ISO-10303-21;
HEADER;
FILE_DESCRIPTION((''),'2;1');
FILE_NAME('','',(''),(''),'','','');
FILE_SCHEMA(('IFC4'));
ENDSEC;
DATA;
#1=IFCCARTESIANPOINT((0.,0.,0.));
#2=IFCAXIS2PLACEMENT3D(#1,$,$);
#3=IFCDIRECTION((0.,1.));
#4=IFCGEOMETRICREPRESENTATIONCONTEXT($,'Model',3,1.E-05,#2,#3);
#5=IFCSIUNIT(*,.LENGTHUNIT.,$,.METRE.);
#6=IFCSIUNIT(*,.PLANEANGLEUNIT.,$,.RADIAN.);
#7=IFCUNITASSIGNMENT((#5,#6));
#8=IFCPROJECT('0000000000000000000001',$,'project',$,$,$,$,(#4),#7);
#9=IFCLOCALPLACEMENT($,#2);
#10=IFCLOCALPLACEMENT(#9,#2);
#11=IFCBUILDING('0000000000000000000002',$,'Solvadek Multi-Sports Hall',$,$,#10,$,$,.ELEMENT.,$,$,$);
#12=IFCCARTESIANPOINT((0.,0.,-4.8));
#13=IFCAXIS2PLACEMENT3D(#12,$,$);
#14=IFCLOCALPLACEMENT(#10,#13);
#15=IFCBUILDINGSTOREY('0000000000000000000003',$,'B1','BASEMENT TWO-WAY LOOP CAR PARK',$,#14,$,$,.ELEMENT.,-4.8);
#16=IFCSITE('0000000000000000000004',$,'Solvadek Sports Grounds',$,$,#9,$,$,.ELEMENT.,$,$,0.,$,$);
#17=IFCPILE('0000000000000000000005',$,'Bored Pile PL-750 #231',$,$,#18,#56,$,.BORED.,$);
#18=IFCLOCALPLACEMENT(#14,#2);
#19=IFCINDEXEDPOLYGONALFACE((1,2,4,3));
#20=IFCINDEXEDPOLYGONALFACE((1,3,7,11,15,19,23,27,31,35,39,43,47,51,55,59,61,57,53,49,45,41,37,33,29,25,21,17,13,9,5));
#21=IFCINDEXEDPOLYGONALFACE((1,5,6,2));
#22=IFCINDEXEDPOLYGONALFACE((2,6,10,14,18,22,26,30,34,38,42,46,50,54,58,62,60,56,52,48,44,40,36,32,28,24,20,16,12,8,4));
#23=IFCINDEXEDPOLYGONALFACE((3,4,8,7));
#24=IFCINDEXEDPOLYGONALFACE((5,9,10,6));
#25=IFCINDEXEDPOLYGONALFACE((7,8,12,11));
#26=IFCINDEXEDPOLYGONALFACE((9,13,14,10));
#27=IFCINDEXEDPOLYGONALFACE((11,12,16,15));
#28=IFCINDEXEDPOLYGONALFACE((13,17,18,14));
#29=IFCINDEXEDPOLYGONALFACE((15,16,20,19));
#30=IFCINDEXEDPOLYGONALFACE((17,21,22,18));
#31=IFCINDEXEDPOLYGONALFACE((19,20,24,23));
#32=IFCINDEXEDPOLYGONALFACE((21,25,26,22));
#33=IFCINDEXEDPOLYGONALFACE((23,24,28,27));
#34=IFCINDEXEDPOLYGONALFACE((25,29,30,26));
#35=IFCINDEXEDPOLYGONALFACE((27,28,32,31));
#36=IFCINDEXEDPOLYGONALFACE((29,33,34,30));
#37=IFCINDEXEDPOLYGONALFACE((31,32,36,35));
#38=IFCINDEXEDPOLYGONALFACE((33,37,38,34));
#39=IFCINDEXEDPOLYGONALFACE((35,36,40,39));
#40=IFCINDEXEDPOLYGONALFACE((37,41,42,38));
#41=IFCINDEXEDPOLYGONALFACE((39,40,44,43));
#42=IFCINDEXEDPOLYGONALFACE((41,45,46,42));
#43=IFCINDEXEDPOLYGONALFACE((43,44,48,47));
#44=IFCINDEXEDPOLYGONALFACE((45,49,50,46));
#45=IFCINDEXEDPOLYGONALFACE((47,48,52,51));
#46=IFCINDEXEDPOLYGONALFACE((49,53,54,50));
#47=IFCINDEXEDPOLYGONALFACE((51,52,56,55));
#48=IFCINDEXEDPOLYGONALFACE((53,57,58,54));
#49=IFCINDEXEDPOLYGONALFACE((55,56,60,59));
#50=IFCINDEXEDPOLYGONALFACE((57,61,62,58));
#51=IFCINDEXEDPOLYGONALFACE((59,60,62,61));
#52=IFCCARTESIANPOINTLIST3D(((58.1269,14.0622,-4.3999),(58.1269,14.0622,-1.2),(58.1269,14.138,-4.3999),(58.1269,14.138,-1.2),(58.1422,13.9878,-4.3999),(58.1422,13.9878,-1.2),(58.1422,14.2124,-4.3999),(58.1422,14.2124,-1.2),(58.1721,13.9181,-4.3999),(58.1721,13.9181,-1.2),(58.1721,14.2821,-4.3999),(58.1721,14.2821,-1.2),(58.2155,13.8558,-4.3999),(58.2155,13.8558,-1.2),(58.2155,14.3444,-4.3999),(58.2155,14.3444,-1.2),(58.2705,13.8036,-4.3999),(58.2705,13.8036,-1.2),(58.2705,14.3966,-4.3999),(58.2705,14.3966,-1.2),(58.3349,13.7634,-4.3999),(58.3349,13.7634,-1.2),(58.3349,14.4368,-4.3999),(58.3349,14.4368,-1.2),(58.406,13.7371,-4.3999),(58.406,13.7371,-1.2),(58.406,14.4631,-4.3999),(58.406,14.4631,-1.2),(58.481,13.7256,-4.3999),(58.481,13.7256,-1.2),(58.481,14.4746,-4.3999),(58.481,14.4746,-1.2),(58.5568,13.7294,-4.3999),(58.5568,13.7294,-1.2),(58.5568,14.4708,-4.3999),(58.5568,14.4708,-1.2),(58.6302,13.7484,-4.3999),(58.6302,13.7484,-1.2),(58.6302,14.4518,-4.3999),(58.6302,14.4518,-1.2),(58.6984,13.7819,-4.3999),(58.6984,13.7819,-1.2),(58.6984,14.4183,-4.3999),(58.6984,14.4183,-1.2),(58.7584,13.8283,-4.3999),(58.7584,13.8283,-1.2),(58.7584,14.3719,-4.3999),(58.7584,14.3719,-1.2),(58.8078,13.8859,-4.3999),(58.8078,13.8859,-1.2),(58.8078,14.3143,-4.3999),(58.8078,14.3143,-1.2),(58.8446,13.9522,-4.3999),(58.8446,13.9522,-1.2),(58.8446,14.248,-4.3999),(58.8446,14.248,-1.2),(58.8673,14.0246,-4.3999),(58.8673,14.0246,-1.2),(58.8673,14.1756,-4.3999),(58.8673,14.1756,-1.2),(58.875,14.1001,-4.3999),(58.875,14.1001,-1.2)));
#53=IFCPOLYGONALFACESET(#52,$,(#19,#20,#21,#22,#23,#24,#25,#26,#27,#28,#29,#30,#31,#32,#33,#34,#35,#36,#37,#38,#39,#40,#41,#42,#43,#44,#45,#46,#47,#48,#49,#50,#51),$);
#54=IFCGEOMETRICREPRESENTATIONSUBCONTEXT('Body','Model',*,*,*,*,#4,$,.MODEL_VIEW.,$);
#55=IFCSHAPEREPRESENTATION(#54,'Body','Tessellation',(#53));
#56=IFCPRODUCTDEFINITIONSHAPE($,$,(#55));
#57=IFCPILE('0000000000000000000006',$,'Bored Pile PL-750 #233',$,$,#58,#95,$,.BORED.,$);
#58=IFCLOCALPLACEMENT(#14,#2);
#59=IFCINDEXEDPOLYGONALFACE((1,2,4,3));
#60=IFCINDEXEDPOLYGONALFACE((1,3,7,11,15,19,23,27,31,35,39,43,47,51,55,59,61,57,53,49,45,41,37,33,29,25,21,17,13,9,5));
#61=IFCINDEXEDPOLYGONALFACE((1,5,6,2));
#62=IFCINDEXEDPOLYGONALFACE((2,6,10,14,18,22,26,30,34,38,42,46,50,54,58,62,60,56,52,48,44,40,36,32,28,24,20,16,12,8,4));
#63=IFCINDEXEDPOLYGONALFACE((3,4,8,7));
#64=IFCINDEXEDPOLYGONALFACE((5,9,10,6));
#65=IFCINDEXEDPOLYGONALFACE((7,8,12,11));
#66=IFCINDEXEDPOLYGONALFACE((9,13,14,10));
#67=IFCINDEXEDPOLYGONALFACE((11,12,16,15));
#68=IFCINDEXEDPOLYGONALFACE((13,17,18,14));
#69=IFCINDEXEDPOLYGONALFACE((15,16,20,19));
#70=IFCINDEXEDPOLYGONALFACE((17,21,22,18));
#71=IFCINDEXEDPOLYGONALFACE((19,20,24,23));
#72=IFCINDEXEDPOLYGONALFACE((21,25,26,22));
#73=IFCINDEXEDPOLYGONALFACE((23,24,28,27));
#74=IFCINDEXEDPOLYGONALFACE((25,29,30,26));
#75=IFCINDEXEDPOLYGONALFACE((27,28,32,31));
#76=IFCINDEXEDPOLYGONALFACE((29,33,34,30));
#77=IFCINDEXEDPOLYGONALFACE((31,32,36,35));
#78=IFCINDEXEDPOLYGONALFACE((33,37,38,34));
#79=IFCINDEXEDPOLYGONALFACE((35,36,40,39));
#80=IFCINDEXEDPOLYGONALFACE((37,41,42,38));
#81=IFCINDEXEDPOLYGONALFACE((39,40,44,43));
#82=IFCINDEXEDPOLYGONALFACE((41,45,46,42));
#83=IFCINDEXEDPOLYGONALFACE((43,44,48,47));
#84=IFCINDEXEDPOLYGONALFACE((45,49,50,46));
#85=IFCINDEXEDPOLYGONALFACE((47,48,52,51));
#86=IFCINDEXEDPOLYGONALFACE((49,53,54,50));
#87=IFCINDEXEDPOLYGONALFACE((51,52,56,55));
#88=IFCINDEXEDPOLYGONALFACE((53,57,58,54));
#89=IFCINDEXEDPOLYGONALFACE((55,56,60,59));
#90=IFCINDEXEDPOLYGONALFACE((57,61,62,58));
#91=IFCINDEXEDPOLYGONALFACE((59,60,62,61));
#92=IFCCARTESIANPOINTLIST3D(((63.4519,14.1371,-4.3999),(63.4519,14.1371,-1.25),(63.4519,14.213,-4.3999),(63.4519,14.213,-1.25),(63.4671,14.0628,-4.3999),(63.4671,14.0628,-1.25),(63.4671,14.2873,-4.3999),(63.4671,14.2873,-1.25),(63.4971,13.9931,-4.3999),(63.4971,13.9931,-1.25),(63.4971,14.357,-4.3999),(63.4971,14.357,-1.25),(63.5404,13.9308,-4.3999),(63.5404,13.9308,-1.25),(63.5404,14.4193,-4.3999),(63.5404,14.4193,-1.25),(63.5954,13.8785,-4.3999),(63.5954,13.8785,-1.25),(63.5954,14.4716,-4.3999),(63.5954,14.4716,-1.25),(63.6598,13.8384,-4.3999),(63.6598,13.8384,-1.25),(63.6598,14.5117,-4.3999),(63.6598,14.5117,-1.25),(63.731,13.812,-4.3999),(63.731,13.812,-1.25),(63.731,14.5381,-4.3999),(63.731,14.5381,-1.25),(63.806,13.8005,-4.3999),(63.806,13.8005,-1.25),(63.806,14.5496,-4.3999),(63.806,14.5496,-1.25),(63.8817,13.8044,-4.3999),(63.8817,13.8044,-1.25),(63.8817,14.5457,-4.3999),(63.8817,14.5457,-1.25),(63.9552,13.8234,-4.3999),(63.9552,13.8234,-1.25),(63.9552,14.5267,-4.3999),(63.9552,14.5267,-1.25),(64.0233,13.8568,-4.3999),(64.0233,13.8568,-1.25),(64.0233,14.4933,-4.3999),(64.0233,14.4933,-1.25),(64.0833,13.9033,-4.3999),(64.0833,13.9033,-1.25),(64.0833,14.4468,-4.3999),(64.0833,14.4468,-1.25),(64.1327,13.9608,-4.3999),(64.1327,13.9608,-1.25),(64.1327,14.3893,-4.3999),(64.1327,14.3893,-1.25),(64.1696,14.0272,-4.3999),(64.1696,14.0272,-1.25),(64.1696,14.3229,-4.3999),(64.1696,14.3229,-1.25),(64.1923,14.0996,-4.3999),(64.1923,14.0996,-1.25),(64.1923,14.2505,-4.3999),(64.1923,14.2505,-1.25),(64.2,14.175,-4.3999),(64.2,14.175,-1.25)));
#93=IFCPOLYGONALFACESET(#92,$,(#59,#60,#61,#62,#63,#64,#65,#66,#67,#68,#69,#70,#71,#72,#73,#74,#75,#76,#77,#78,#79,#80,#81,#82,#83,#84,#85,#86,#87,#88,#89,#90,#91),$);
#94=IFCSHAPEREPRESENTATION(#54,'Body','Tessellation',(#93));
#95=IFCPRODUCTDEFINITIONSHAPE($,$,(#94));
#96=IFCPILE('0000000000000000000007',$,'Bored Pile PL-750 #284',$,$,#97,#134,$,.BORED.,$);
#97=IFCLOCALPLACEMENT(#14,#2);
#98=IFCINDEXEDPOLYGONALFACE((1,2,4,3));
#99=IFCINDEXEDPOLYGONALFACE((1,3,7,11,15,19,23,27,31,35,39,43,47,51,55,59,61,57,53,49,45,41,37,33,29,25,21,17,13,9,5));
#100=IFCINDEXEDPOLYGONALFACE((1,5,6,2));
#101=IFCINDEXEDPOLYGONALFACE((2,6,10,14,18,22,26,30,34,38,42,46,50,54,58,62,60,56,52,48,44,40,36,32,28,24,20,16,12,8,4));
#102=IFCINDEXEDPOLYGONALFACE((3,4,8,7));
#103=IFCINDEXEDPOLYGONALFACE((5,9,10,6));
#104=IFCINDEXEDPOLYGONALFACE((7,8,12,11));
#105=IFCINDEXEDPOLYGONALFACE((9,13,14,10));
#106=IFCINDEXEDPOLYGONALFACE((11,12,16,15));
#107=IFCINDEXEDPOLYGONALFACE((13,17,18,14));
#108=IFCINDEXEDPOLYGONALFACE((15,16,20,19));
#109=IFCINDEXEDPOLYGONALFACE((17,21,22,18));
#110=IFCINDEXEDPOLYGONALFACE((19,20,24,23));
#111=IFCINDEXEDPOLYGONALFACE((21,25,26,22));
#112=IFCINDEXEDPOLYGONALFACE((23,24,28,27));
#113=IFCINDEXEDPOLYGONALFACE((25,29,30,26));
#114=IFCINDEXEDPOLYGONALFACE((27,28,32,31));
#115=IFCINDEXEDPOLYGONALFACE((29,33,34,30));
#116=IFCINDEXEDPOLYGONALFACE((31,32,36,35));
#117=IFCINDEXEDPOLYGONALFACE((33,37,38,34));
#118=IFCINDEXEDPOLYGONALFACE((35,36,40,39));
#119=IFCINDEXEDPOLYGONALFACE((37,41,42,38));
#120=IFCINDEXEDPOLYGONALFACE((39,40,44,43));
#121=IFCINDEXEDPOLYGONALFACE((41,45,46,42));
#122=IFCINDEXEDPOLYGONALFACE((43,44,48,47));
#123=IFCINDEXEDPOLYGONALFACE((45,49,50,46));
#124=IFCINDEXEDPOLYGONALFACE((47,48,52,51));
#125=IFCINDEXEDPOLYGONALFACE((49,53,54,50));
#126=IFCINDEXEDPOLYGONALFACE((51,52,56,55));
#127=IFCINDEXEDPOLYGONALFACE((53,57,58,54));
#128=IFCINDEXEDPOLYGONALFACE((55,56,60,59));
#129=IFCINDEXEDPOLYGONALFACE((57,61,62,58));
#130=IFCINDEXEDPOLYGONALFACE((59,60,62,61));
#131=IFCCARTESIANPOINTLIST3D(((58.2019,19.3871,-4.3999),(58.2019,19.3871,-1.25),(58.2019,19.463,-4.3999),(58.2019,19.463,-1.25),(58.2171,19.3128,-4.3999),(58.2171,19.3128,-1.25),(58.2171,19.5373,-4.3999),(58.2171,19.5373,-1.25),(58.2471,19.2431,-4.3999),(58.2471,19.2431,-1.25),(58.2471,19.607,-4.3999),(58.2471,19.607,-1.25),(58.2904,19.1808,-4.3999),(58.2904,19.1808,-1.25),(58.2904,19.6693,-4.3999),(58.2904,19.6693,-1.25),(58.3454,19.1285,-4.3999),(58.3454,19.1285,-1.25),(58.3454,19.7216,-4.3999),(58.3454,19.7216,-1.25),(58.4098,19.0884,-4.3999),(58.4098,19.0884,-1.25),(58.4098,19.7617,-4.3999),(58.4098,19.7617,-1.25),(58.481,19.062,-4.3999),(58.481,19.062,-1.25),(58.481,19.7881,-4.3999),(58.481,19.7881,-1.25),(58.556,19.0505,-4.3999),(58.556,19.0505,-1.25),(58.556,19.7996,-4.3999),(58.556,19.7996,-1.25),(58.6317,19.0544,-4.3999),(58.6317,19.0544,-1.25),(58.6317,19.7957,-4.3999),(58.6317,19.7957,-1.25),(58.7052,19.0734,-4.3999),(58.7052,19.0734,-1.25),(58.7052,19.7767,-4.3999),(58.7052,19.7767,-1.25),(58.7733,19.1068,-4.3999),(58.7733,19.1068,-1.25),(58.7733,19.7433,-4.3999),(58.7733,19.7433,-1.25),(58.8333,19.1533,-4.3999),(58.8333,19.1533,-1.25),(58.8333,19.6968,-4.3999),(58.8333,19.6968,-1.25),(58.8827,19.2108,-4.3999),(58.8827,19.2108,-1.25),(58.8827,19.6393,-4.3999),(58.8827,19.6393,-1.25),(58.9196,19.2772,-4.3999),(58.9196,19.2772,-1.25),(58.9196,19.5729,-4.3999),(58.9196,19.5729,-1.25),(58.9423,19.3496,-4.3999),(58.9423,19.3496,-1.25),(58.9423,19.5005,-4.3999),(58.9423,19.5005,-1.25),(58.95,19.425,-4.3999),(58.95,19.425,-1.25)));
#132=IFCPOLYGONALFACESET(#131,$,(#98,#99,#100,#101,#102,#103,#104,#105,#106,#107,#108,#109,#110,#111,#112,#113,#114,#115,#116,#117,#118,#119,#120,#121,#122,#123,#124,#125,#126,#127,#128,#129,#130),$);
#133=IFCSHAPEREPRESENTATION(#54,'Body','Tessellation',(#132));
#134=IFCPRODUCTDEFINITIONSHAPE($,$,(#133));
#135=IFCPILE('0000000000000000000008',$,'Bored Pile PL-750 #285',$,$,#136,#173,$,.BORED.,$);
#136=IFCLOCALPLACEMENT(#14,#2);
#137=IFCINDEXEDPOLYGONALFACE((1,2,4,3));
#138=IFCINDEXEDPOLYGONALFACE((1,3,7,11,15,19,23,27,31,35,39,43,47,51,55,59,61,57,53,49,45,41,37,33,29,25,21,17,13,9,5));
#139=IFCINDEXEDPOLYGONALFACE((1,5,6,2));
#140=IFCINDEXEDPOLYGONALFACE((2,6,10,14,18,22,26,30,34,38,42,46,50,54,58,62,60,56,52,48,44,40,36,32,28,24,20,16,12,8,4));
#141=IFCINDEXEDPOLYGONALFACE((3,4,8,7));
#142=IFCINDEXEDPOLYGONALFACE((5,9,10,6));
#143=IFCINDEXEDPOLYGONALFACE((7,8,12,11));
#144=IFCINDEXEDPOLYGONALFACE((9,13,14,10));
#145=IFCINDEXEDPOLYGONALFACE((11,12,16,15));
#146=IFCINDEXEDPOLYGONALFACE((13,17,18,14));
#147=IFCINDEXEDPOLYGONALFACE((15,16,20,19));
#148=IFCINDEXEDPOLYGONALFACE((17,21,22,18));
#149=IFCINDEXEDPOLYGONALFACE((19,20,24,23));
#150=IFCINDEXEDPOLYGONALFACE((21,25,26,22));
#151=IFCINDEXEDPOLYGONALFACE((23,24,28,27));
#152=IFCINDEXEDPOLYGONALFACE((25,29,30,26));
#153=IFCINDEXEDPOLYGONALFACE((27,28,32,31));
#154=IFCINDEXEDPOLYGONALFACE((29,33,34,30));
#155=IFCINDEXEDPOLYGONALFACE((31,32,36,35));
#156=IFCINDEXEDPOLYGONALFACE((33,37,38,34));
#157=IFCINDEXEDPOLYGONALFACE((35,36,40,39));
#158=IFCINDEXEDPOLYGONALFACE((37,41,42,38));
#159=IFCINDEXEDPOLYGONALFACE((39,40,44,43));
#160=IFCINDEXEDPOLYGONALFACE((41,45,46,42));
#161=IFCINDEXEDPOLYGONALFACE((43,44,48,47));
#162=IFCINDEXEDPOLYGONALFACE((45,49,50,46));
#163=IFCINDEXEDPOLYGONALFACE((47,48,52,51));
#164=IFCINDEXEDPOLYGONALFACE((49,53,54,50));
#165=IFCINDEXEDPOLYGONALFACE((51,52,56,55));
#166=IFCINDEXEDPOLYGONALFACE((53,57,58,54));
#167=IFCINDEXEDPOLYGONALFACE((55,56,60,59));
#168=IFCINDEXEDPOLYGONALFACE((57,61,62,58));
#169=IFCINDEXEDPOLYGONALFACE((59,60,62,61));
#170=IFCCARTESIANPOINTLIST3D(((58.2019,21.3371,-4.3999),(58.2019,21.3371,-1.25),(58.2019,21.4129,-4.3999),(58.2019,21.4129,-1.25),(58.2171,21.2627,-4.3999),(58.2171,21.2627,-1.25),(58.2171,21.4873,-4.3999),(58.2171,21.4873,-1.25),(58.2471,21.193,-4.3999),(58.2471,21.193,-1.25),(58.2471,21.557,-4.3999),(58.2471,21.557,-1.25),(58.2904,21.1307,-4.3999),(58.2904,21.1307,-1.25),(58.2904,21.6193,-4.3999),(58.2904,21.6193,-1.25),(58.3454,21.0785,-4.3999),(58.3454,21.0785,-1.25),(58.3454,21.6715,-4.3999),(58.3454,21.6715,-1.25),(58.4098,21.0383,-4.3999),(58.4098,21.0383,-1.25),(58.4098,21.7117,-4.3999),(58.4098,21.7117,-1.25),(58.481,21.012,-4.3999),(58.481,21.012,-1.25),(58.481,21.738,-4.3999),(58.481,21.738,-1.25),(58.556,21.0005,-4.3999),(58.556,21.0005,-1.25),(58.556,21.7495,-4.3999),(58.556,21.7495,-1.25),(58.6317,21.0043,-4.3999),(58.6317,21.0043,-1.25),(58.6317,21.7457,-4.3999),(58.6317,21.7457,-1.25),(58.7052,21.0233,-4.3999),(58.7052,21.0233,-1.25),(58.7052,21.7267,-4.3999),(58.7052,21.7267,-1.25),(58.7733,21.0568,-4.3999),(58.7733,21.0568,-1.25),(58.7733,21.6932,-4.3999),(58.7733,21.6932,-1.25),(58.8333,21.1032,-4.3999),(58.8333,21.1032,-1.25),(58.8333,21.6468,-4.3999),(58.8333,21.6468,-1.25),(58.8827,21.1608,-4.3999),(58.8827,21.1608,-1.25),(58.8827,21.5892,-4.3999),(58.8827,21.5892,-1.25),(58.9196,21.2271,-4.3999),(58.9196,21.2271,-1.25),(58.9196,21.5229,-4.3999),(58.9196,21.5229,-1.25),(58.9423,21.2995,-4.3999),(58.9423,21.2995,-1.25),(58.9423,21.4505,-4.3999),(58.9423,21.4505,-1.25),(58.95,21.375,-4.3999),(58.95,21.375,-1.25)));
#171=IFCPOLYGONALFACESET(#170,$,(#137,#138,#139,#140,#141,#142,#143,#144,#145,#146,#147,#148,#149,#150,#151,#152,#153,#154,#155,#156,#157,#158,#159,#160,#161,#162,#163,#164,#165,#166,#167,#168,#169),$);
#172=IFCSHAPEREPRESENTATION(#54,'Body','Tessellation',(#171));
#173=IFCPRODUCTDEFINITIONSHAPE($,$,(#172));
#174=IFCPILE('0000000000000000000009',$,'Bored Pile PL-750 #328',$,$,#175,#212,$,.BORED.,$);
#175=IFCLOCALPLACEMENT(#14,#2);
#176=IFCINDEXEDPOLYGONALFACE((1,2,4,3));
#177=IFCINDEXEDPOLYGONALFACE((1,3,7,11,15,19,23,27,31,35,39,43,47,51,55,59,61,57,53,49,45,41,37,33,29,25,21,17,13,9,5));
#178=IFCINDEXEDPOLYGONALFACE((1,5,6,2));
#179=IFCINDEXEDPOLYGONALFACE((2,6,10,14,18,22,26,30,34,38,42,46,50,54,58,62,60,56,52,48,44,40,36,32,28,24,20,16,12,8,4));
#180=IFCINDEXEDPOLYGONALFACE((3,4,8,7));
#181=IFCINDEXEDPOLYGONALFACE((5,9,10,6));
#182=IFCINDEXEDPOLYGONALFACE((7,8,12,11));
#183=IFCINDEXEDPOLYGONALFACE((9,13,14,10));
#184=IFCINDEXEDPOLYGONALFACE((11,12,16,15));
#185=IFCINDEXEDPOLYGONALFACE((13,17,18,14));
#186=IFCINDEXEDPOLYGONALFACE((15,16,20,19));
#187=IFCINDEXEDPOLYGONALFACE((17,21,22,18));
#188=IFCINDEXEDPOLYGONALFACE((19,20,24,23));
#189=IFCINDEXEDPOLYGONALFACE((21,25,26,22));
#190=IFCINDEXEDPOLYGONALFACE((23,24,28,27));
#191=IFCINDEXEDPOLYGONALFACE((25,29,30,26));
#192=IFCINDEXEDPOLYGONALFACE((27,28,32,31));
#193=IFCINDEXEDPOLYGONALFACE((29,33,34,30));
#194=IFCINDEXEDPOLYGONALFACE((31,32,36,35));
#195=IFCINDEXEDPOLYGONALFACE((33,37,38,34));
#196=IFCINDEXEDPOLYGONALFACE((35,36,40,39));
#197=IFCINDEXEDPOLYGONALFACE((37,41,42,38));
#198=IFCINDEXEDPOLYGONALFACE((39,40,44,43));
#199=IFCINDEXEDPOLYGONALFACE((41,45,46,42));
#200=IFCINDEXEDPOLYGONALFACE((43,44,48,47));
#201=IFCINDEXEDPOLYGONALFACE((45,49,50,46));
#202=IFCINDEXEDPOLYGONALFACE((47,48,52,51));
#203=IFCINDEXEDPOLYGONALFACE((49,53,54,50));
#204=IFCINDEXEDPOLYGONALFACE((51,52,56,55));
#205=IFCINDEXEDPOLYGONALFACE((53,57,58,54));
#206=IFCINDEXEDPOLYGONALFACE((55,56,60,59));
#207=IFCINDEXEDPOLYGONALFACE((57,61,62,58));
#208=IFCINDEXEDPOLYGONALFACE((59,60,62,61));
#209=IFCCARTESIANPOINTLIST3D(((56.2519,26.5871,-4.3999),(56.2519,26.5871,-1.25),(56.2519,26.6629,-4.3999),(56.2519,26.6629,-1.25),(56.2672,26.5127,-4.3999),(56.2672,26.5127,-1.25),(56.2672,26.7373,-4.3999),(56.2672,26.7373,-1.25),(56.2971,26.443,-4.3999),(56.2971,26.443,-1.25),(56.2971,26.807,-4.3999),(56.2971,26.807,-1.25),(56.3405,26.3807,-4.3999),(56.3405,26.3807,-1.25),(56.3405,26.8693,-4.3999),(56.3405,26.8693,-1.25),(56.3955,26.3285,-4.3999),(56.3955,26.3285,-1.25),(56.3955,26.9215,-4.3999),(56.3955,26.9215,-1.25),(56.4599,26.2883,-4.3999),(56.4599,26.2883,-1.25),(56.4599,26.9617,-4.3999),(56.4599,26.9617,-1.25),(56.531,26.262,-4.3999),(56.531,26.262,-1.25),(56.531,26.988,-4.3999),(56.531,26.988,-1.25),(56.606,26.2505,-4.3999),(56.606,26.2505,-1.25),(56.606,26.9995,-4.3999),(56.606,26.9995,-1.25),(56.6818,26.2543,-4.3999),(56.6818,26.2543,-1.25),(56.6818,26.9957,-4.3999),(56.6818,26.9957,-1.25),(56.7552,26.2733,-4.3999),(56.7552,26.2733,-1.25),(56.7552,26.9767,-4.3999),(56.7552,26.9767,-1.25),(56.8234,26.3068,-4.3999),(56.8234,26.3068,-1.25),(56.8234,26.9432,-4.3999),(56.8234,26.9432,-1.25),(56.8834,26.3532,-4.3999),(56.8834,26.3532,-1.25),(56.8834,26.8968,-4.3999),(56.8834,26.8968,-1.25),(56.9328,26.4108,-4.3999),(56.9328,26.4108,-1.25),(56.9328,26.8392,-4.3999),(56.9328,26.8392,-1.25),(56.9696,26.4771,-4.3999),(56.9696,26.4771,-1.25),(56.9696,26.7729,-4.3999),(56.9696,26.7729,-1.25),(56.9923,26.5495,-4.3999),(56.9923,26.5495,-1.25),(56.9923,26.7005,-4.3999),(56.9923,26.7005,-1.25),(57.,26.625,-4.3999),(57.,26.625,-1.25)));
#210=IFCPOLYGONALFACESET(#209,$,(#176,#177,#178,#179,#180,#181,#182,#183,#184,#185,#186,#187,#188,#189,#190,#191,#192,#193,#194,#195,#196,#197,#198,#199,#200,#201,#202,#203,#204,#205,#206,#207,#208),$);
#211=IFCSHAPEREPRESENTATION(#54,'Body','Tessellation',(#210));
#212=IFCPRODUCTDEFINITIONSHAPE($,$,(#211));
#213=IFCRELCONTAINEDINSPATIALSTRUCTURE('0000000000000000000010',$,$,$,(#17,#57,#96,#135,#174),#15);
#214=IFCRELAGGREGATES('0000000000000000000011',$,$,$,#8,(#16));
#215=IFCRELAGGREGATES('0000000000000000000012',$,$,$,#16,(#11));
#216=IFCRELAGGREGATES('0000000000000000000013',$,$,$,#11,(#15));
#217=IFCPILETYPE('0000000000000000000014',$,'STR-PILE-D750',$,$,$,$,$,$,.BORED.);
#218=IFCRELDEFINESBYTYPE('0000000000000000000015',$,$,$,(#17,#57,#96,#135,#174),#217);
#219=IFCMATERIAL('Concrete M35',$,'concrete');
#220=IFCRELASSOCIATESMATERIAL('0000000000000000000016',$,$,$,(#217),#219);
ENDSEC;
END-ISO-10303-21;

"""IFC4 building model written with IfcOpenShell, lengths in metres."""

from ifc_helpers import new_model, si_unit, direction, frame, origin, origin_2d, place, context, subcontext, project, spatial, circle, extrude, material, material_profile, profile_set, type_object, element, save


model = new_model("IFC4")

# Units and contexts
model_context = context("Model", 3, precision=1e-05, world=origin(), true_north=direction((0.0, 1.0)))
body_context = subcontext(model_context, "Body", "Model", "MODEL_VIEW")
ifc_project = project(units=[si_unit("LENGTHUNIT", "METRE"), si_unit("PLANEANGLEUNIT", "RADIAN")], contexts=[model_context])

# Site, building, storey
site_placement = place(None, origin())
site = spatial("IfcSite", under=ifc_project, at=site_placement, Name="Solvadek Sports Grounds", CompositionType="ELEMENT", RefElevation=0.0)
building_placement = place(site_placement, origin())
building = spatial("IfcBuilding", under=site, at=building_placement, Name="Solvadek Multi-Sports Hall", CompositionType="ELEMENT")
storey_placement = place(building_placement, frame((0.0, 0.0, -4.8)))
storey = spatial("IfcBuildingStorey", under=building, at=storey_placement, Name="B1", Description="BASEMENT TWO-WAY LOOP CAR PARK", CompositionType="ELEMENT", Elevation=-4.8)

# Piles
ifc_material_1 = material(Name="Concrete M35", Category="concrete")
ifc_material_profile_1 = material_profile(ifc_material_1, circle(Radius=0.375, at=origin_2d()), Name="BORED PILE D750")
ifc_profile_set_1 = profile_set([ifc_material_profile_1], Name="Concrete M35")
pile_type_1 = type_object("IfcPileType", Name="STR-PILE-D750", PredefinedType="BORED", material=ifc_profile_set_1)
pile_placement = place(storey_placement, frame((58.5, 14.1001, -1.2), z_axis=(0.0, 0.0, -1.0), x_axis=(1.0, 0.0, 0.0)))
element("IfcPile", 1, at=pile_placement, inside=storey, type_object=pile_type_1, Name="Bored Pile PL-750 #231", PredefinedType="BORED", context=body_context, shape_type="SweptSolid", body=[
    extrude(circle(Radius=0.375, at=origin_2d()), origin(), (0.0, 0.0, 1.0), 3.2),
])
for number, where, z_axis, x_axis, name in (
    (2, (63.825, 14.175, -1.25), (0.0, 0.0, -1.0), (1.0, 0.0, 0.0), "Bored Pile PL-750 #233"),
    (3, (58.575, 19.425, -1.25), (0.0, 0.0, -1.0), (1.0, 0.0, 0.0), "Bored Pile PL-750 #284"),
    (4, (58.575, 21.375, -1.25), (0.0, 0.0, -1.0), (1.0, 0.0, 0.0), "Bored Pile PL-750 #285"),
    (5, (56.625, 26.625, -1.25), (0.0, 0.0, -1.0), (1.0, 0.0, 0.0), "Bored Pile PL-750 #328"),
):
    element("IfcPile", number, at=place(storey_placement, frame(where, z_axis=z_axis, x_axis=x_axis)), inside=storey, type_object=pile_type_1, Name=name, PredefinedType="BORED", context=body_context, shape_type="SweptSolid", body=[
        extrude(circle(Radius=0.375, at=origin_2d()), origin(), (0.0, 0.0, 1.0), 3.1499),
    ])

save(model, "model.ifc")
